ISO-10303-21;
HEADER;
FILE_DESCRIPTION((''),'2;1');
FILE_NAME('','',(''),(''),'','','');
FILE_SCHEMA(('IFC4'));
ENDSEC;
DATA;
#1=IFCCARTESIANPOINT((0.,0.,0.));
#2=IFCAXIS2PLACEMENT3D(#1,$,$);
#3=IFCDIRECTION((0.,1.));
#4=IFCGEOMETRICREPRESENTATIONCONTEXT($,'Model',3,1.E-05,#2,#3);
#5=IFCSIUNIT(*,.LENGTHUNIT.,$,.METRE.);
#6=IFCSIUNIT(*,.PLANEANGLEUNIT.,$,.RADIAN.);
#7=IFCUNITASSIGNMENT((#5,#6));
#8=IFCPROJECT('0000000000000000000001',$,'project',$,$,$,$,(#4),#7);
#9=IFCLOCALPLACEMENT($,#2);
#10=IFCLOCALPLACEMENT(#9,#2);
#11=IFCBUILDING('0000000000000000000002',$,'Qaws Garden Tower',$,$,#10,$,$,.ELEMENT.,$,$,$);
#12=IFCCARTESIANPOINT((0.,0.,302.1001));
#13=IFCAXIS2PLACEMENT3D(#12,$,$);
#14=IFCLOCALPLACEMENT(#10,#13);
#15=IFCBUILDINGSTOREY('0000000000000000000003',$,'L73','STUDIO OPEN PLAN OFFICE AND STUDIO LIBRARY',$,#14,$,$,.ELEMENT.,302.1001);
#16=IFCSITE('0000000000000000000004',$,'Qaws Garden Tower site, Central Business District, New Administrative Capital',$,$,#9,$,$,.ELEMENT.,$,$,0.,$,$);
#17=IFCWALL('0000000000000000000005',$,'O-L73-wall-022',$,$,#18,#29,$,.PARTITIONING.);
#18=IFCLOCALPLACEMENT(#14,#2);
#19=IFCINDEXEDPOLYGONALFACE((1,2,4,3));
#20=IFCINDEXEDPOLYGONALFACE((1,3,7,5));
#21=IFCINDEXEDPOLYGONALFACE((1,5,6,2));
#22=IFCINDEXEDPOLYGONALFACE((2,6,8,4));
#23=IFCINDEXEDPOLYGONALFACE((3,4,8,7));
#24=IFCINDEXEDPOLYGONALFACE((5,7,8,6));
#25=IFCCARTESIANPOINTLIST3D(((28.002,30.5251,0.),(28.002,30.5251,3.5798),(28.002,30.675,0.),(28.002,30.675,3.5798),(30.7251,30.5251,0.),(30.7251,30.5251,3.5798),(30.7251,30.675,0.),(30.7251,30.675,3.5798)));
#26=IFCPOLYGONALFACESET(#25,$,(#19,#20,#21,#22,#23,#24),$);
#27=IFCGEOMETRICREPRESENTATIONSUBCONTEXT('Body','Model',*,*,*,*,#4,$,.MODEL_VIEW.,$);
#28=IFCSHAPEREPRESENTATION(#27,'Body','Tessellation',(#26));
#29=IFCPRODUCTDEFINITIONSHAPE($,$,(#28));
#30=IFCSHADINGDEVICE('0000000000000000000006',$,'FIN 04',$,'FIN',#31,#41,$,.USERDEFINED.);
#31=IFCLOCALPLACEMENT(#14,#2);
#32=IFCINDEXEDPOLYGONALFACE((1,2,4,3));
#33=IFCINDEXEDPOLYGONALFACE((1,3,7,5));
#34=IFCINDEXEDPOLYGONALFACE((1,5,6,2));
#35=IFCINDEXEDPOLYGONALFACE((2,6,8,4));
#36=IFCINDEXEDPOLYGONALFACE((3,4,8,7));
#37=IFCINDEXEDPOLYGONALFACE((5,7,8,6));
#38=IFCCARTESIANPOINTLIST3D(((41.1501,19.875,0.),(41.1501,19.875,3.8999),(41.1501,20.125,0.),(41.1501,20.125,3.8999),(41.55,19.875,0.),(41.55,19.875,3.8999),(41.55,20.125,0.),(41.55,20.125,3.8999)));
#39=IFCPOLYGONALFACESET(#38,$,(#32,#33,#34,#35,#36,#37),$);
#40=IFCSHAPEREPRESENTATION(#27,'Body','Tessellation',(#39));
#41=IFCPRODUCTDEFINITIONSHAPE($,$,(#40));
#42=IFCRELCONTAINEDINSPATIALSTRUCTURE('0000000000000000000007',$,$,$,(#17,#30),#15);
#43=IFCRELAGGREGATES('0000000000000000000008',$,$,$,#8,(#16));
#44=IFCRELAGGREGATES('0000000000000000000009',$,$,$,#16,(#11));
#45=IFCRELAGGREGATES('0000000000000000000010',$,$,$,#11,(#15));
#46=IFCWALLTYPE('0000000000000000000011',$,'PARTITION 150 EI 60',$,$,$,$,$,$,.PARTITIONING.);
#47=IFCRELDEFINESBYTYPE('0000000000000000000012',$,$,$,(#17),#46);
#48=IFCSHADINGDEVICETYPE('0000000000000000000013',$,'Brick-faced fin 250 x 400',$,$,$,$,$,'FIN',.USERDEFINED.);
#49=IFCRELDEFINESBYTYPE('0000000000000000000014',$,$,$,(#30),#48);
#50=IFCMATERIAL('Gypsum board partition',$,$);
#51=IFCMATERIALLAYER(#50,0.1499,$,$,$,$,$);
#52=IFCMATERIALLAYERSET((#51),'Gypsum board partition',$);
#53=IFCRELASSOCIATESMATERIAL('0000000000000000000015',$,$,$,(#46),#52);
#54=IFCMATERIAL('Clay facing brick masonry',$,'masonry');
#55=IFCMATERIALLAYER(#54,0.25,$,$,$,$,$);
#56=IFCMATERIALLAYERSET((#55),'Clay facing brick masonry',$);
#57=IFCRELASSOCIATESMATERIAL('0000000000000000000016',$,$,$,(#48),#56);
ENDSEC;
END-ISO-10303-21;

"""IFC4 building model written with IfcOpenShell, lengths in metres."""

from ifc_helpers import new_model, si_unit, direction, frame, frame_2d, origin, origin_2d, place, context, subcontext, project, spatial, rectangle, extrude, material, layer, layer_set, type_object, element, save


model = new_model("IFC4")

# Units and contexts
model_context = context("Model", 3, precision=1e-05, world=origin(), true_north=direction((0.0, 1.0)))
body_context = subcontext(model_context, "Body", "Model", "MODEL_VIEW")
ifc_project = project(units=[si_unit("LENGTHUNIT", "METRE"), si_unit("PLANEANGLEUNIT", "RADIAN")], contexts=[model_context])

# Site, building, storey
site_placement = place(None, origin())
site = spatial("IfcSite", under=ifc_project, at=site_placement, Name="Qaws Garden Tower site, Central Business District, New Administrative Capital", CompositionType="ELEMENT", RefElevation=0.0)
building_placement = place(site_placement, origin())
building = spatial("IfcBuilding", under=site, at=building_placement, Name="Qaws Garden Tower", CompositionType="ELEMENT")
storey_placement = place(building_placement, frame((0.0, 0.0, 302.1001)))
storey = spatial("IfcBuildingStorey", under=building, at=storey_placement, Name="L73", Description="STUDIO OPEN PLAN OFFICE AND STUDIO LIBRARY", CompositionType="ELEMENT", Elevation=302.1001)

# Wall
ifc_material_1 = material(Name="Gypsum board partition")
ifc_layer_1 = layer(ifc_material_1, 0.1499)
ifc_layer_set_1 = layer_set([ifc_layer_1], Name="Gypsum board partition")
wall_type_1 = type_object("IfcWallType", Name="PARTITION 150 EI 60", PredefinedType="PARTITIONING", material=ifc_layer_set_1)
wall_1_placement = place(storey_placement, frame((28.002, 30.6001, 0.0), z_axis=(0.0, 0.0, 1.0), x_axis=(1.0, 0.0, 0.0)))
element("IfcWall", 1, at=wall_1_placement, inside=storey, type_object=wall_type_1, Name="O-L73-wall-022", PredefinedType="PARTITIONING", context=body_context, shape_type="SweptSolid", body=[
    extrude(rectangle(XDim=2.7231, YDim=0.1499, at=frame_2d((1.3616, 0.0))), origin(), (0.0, 0.0, 1.0), 3.5798),
])

# Shading device
ifc_material_2 = material(Name="Clay facing brick masonry", Category="masonry")
ifc_layer_2 = layer(ifc_material_2, 0.25)
ifc_layer_set_2 = layer_set([ifc_layer_2], Name="Clay facing brick masonry")
shading_device_type = type_object("IfcShadingDeviceType", Name="Brick-faced fin 250 x 400", ElementType="FIN", PredefinedType="USERDEFINED", material=ifc_layer_set_2)
shading_device_placement = place(storey_placement, frame((41.3501, 20.0, 0.0), z_axis=(0.0, 0.0, 1.0), x_axis=(0.0, 1.0, 0.0)))
element("IfcShadingDevice", 2, at=shading_device_placement, inside=storey, type_object=shading_device_type, Name="FIN 04", ObjectType="FIN", PredefinedType="USERDEFINED", context=body_context, shape_type="SweptSolid", body=[
    extrude(rectangle(XDim=0.25, YDim=0.3999, at=origin_2d()), origin(), (0.0, 0.0, 1.0), 3.8999),
])

save(model, "model.ifc")
